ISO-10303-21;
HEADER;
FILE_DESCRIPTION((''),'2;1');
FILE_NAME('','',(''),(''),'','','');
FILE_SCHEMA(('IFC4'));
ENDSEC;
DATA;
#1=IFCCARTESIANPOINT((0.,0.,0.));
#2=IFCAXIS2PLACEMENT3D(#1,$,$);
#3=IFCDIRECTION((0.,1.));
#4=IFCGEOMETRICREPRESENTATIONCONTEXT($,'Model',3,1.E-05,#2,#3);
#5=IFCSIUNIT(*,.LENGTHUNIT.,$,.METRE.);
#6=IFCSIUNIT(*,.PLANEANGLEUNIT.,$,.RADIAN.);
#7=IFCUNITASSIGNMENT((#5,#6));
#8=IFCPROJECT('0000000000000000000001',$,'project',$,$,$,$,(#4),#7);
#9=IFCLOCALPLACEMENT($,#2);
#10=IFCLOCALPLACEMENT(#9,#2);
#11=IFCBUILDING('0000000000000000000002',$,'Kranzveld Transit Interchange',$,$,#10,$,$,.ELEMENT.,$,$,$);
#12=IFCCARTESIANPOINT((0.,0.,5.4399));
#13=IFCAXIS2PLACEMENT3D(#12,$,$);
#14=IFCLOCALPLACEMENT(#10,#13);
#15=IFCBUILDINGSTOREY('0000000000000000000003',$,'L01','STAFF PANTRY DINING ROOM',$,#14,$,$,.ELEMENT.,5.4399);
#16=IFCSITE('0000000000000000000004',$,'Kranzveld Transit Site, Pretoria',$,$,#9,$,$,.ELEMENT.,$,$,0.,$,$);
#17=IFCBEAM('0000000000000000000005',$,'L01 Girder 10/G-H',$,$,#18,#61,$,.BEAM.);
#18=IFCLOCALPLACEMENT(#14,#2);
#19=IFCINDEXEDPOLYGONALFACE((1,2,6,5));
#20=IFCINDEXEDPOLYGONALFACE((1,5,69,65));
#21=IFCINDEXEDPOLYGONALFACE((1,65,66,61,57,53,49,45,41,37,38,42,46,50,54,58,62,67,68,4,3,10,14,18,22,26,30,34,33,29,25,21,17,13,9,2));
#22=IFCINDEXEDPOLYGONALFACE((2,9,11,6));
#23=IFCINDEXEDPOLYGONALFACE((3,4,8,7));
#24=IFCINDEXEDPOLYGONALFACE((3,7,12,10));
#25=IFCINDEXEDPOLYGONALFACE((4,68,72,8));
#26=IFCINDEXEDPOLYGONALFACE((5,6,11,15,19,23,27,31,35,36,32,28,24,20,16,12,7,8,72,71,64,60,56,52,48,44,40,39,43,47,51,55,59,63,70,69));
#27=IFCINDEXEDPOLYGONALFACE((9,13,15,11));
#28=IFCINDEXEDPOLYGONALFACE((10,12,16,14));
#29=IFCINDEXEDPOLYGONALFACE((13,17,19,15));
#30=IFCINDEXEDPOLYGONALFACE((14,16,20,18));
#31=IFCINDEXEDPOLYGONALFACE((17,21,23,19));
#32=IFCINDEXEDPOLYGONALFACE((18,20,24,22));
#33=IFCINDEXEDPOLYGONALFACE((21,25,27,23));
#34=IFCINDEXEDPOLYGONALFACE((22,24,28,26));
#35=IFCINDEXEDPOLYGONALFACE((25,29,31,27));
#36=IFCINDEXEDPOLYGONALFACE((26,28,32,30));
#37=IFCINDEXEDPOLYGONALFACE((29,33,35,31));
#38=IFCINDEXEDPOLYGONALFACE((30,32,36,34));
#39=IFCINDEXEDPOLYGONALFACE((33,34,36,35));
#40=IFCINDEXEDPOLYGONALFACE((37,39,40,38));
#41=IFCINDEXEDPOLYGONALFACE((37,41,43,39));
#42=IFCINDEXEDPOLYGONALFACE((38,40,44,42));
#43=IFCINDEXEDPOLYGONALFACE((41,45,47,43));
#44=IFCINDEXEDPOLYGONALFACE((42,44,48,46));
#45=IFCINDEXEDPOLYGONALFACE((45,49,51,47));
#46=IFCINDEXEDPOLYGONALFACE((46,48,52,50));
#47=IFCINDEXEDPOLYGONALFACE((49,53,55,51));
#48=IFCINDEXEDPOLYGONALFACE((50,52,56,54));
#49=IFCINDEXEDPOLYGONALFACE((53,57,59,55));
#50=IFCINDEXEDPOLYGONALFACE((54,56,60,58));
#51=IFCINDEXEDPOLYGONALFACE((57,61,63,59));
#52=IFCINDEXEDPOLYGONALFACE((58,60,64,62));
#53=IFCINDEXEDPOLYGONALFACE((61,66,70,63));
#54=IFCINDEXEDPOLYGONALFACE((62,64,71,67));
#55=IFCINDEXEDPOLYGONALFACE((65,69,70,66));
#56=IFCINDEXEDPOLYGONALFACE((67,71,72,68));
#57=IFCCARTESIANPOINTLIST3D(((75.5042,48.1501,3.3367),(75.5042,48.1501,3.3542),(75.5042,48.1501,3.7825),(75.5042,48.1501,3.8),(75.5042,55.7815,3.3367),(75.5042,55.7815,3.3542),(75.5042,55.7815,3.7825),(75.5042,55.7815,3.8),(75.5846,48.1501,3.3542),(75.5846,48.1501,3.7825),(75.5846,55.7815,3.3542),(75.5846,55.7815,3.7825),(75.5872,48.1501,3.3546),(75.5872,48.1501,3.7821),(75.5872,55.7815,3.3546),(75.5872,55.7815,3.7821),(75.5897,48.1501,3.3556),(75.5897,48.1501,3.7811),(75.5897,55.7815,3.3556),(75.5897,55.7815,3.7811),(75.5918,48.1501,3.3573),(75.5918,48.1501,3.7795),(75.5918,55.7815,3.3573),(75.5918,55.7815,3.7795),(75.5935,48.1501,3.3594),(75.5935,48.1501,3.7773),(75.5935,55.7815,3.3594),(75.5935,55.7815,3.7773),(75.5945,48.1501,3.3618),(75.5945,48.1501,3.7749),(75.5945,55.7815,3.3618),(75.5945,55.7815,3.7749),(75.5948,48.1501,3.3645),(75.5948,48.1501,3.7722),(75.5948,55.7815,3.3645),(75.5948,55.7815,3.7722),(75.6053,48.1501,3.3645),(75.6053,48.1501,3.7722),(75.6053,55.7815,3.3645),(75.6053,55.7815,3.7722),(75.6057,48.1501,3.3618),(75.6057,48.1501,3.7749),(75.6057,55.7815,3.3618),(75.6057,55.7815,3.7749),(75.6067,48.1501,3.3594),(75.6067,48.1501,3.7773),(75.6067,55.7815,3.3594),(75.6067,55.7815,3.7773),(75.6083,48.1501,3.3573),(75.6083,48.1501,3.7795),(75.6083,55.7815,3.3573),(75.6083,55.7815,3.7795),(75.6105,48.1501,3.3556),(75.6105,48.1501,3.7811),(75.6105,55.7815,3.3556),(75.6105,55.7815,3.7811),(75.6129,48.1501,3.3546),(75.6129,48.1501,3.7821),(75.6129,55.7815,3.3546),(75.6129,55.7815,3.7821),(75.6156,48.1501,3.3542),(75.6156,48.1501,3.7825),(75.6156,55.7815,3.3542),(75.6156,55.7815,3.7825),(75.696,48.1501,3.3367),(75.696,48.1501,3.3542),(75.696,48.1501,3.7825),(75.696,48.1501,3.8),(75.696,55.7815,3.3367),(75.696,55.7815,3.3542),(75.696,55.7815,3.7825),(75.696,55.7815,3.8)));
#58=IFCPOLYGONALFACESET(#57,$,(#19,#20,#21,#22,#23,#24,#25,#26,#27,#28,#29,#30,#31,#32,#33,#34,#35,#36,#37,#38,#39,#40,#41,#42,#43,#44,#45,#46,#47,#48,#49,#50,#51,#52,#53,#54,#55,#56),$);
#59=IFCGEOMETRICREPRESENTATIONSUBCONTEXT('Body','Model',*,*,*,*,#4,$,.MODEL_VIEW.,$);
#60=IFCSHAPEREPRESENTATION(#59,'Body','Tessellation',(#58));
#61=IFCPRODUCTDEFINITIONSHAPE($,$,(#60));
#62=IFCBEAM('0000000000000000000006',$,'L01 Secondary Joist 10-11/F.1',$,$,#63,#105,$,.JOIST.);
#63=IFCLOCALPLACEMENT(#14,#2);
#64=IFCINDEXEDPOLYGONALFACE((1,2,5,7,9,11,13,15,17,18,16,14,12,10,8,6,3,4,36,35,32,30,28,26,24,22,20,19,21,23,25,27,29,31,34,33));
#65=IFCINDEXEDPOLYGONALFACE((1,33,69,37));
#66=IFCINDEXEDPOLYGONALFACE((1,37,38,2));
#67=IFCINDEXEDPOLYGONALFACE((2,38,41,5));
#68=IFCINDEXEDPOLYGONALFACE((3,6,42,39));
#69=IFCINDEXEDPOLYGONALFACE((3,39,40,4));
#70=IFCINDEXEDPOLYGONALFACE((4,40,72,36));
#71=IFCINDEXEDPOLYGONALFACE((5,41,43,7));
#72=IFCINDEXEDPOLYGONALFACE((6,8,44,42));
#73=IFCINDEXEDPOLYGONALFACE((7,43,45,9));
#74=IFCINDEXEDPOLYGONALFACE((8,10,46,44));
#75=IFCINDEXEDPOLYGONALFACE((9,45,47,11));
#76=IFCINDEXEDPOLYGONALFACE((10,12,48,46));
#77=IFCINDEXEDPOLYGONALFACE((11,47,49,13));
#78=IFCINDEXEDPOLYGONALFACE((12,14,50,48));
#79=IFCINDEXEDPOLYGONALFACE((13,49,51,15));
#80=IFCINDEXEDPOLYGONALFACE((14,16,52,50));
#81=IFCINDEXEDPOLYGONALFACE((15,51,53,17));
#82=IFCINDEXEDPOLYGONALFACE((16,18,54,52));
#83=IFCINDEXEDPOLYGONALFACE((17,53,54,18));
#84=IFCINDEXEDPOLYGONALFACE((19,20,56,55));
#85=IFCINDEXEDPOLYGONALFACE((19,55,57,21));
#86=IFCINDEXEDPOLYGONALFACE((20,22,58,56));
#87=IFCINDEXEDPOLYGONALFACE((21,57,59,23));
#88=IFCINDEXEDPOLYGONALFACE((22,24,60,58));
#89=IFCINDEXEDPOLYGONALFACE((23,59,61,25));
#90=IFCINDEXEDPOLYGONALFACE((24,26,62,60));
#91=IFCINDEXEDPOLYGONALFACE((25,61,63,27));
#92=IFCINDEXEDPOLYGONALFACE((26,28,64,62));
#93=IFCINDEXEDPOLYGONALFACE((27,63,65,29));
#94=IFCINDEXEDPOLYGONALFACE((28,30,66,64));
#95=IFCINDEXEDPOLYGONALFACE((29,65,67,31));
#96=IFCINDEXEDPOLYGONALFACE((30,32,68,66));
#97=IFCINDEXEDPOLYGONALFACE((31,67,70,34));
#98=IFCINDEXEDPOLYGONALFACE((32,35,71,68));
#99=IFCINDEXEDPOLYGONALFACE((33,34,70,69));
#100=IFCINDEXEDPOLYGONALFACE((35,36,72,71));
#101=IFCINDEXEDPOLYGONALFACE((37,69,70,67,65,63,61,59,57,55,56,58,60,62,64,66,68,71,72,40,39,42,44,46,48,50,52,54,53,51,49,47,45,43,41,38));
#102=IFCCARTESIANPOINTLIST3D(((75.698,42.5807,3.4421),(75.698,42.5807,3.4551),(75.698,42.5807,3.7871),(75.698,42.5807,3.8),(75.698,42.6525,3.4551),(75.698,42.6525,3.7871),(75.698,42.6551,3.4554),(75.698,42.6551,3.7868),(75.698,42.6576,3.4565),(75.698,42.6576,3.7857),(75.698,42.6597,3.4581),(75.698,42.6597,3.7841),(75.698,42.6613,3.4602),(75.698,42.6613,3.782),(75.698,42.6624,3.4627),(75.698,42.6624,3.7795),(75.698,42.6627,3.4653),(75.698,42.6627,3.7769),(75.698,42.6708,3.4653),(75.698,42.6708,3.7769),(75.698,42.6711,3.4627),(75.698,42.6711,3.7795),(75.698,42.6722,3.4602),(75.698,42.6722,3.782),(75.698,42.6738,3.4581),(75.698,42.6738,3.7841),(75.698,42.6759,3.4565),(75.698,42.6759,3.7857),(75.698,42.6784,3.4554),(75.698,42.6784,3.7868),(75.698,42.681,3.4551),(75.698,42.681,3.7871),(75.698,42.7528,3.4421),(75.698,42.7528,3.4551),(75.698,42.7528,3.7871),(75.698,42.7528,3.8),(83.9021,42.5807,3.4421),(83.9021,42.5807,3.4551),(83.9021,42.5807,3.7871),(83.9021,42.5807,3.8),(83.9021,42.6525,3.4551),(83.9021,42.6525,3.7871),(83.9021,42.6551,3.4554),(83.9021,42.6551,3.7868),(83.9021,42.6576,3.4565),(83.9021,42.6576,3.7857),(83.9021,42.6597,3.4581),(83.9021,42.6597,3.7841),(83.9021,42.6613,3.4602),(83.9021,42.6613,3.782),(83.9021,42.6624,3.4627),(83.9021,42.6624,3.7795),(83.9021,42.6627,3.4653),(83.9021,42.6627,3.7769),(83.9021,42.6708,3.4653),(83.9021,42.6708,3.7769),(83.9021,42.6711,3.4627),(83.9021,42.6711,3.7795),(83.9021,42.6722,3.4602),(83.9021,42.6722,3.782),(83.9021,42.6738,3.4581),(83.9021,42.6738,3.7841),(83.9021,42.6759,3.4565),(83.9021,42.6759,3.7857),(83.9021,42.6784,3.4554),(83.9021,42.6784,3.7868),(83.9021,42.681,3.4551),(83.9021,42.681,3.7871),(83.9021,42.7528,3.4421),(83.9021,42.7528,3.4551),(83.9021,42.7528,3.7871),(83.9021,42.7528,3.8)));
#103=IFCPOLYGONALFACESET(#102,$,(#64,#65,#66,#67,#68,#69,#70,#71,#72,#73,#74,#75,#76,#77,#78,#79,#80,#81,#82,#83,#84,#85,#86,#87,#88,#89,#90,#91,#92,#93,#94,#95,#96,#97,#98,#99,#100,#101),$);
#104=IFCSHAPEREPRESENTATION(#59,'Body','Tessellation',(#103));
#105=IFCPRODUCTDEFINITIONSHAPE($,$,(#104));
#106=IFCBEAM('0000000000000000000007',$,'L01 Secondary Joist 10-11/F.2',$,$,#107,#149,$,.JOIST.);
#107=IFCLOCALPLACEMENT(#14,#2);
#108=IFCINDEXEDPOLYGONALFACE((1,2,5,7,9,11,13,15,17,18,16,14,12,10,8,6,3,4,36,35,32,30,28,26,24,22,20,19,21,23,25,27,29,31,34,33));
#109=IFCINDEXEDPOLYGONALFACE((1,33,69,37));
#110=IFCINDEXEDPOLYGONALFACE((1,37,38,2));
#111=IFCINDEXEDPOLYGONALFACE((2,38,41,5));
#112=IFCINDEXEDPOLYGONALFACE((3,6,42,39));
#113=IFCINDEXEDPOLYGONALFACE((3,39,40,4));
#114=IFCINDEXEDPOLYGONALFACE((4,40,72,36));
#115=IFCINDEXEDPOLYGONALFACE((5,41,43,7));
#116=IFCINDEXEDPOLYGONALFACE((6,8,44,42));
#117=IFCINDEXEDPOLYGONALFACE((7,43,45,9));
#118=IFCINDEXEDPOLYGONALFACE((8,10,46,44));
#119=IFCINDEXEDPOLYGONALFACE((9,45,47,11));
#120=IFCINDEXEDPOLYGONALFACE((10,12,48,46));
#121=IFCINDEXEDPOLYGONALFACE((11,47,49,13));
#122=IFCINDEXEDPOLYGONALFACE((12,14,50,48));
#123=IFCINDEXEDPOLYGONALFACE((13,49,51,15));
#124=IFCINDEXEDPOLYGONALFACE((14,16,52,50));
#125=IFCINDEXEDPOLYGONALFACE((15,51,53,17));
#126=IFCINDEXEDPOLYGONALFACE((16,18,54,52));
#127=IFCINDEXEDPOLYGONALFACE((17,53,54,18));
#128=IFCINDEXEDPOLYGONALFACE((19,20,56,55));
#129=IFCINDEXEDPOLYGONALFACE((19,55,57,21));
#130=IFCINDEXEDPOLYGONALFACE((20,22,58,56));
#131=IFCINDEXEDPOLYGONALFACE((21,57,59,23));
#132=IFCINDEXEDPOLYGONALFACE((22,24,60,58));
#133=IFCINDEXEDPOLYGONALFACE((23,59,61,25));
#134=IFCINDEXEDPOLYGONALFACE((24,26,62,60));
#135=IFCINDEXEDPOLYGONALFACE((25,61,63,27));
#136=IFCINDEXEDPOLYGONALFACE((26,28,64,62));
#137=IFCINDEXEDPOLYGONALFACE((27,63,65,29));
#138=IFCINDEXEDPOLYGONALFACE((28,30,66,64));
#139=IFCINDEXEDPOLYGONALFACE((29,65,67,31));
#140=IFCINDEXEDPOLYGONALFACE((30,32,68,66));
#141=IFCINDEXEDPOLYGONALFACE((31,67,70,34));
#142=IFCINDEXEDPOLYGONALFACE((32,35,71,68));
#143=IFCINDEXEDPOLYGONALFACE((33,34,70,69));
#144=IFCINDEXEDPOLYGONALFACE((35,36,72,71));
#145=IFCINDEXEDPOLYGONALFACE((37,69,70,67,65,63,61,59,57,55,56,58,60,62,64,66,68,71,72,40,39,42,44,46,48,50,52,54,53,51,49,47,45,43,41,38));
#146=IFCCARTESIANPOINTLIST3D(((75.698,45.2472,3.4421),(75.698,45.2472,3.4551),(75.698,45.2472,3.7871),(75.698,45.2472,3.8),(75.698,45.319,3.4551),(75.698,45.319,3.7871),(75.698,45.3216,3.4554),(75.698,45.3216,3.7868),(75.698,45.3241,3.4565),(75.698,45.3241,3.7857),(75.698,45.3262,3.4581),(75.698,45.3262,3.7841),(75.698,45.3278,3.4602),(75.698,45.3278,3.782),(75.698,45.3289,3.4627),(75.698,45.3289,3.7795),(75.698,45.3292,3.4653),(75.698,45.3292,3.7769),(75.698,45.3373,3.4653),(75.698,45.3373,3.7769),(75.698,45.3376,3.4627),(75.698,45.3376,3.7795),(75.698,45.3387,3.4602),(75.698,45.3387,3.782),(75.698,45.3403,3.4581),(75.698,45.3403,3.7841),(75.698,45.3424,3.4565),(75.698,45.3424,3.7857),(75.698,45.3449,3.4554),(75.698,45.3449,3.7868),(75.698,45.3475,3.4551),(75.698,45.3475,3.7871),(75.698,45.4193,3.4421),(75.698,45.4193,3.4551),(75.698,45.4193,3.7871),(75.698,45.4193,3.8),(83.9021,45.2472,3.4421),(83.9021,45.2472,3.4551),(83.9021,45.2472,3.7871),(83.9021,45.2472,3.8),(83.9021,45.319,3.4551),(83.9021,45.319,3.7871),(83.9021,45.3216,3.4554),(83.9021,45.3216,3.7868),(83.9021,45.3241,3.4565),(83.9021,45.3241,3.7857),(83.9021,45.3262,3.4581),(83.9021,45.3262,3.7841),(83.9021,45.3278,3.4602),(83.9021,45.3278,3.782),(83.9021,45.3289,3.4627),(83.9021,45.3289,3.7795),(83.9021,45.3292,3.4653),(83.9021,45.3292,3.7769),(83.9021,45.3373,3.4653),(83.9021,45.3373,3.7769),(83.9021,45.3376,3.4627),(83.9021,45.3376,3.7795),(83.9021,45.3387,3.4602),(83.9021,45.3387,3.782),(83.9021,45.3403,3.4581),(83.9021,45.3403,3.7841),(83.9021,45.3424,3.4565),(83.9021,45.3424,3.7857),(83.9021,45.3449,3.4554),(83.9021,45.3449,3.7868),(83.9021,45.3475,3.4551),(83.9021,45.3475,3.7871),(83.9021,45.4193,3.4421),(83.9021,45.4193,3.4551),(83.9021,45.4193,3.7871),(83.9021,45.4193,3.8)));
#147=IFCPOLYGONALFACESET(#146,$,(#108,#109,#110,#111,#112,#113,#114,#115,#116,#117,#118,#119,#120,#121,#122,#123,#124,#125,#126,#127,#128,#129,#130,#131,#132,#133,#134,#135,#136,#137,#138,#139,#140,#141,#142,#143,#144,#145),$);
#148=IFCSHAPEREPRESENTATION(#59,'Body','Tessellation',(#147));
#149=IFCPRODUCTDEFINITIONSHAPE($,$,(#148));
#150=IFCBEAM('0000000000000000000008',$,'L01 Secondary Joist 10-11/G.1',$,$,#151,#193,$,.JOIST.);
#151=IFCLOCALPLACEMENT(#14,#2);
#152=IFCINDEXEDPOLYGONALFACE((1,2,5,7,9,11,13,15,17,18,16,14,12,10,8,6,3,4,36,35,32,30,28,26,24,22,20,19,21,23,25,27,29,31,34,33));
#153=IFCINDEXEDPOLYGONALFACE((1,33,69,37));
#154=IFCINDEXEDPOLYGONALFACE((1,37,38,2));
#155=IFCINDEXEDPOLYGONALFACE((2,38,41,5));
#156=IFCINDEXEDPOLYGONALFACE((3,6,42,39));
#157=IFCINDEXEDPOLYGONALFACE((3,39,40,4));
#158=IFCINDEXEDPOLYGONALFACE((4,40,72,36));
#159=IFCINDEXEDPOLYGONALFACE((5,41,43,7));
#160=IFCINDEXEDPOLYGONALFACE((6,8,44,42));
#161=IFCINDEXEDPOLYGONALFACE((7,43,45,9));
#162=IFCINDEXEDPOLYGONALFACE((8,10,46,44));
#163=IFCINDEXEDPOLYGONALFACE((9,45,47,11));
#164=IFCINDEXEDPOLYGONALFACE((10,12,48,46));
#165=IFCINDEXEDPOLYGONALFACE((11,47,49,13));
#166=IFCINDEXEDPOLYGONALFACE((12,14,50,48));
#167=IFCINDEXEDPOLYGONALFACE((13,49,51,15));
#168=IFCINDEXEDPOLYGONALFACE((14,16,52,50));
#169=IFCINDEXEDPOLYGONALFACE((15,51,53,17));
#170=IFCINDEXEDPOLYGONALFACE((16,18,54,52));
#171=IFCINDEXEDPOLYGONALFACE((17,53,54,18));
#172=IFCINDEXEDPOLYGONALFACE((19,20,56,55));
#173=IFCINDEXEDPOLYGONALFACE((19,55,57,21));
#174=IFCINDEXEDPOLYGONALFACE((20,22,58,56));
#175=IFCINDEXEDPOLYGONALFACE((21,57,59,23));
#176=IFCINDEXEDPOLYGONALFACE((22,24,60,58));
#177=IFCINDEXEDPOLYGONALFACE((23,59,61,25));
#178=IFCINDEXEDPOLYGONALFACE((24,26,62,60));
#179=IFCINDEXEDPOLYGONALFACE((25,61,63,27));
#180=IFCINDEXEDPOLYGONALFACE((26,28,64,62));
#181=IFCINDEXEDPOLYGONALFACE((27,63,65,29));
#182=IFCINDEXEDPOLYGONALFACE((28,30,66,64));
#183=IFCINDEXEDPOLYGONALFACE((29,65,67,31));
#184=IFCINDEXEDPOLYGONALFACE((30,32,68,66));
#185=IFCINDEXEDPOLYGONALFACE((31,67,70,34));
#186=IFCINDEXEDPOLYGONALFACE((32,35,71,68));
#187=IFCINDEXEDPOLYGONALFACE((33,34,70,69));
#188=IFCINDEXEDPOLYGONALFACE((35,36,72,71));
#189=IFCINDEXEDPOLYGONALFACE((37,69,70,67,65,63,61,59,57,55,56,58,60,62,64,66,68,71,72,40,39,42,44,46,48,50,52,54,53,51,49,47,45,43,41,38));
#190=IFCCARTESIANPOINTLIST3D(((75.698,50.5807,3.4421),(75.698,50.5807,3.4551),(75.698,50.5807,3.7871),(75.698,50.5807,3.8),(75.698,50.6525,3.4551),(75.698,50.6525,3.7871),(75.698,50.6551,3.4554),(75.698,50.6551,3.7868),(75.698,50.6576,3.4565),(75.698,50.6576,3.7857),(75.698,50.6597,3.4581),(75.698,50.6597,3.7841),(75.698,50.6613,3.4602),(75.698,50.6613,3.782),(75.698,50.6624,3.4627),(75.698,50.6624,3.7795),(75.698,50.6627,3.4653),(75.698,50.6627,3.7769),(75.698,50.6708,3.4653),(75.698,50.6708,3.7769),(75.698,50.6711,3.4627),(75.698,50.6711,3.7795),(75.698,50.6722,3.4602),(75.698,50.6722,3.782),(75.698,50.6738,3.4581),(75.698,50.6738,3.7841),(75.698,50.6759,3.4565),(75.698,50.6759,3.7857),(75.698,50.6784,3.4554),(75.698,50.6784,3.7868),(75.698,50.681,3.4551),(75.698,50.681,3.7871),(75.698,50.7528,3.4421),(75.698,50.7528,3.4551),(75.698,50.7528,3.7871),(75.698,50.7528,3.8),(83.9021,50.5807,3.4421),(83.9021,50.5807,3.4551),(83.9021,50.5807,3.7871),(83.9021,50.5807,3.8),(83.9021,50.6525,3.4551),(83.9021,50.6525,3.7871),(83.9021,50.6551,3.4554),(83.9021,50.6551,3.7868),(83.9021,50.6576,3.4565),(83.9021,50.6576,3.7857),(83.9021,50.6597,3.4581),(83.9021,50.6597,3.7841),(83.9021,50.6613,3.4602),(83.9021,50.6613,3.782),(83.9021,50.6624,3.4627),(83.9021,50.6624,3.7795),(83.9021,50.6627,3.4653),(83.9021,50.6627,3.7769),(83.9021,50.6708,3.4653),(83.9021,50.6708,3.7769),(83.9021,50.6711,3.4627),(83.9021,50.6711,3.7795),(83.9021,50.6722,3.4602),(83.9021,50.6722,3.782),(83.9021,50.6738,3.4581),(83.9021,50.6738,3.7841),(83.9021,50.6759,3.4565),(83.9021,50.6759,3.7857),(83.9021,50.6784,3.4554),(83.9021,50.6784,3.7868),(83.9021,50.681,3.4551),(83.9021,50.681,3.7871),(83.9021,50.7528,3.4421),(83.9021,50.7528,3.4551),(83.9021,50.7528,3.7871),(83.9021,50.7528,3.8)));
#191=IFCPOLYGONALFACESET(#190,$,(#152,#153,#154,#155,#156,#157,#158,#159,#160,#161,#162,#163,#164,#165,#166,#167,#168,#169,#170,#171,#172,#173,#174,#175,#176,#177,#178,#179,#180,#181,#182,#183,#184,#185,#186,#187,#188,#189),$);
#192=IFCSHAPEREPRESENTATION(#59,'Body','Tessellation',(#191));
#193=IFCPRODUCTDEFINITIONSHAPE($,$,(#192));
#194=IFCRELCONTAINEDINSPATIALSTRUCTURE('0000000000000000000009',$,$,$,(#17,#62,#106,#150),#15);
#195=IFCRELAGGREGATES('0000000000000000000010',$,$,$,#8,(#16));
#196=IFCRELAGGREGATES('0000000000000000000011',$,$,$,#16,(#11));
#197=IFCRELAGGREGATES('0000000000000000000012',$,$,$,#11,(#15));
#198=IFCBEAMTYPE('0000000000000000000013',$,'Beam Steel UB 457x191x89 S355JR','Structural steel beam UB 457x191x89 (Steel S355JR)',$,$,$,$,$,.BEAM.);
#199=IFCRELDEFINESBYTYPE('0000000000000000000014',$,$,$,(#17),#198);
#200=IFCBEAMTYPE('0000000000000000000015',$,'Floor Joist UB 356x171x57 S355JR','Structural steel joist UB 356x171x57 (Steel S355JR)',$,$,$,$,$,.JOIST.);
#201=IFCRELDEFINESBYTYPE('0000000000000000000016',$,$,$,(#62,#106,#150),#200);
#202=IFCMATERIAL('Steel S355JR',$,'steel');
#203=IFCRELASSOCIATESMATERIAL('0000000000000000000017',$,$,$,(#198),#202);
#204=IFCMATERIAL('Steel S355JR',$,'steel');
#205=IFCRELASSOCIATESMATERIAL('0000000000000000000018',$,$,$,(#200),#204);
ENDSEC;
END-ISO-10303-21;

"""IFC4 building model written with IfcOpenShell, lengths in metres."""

from ifc_helpers import new_model, si_unit, direction, frame, origin, origin_2d, place, context, subcontext, project, spatial, i_section, extrude, material, material_profile, profile_set, type_object, element, save


model = new_model("IFC4")

# Units and contexts
model_context = context("Model", 3, precision=1e-05, world=origin(), true_north=direction((0.0, 1.0)))
body_context = subcontext(model_context, "Body", "Model", "MODEL_VIEW")
ifc_project = project(units=[si_unit("LENGTHUNIT", "METRE"), si_unit("PLANEANGLEUNIT", "RADIAN")], contexts=[model_context])

# Site, building, storey
site_placement = place(None, origin())
site = spatial("IfcSite", under=ifc_project, at=site_placement, Name="Kranzveld Transit Site, Pretoria", CompositionType="ELEMENT", RefElevation=0.0)
building_placement = place(site_placement, origin())
building = spatial("IfcBuilding", under=site, at=building_placement, Name="Kranzveld Transit Interchange", CompositionType="ELEMENT")
storey_placement = place(building_placement, frame((0.0, 0.0, 5.4399)))
storey = spatial("IfcBuildingStorey", under=building, at=storey_placement, Name="L01", Description="STAFF PANTRY DINING ROOM", CompositionType="ELEMENT", Elevation=5.4399)

# Beams
ifc_material_1 = material(Name="Steel S355JR", Category="steel")
ifc_material_profile_1 = material_profile(ifc_material_1, i_section(OverallWidth=0.1919, OverallDepth=0.4634, WebThickness=0.0105, FlangeThickness=0.0176, FilletRadius=0.0103, at=origin_2d()), Name="UB 457x191x89")
ifc_profile_set_1 = profile_set([ifc_material_profile_1], Name="Steel S355JR")
beam_type_1 = type_object("IfcBeamType", Name="Beam Steel UB 457x191x89 S355JR", Description="Structural steel beam UB 457x191x89 (Steel S355JR)", PredefinedType="BEAM", material=ifc_profile_set_1)
beam_1_placement = place(storey_placement, frame((75.6001, 48.1501, 3.5684), z_axis=(0.0, 1.0, 0.0), x_axis=(-1.0, 0.0, 0.0)))
element("IfcBeam", 1, at=beam_1_placement, inside=storey, type_object=beam_type_1, Name="L01 Girder 10/G-H", PredefinedType="BEAM", context=body_context, shape_type="SweptSolid", body=[
    extrude(i_section(OverallWidth=0.1919, OverallDepth=0.4634, WebThickness=0.0105, FlangeThickness=0.0176, FilletRadius=0.0103, at=origin_2d()), origin(), (0.0, 0.0, 1.0), 7.6313),
])
ifc_material_2 = material(Name="Steel S355JR", Category="steel")
ifc_material_profile_2 = material_profile(ifc_material_2, i_section(OverallWidth=0.1721, OverallDepth=0.3579, WebThickness=0.0081, FlangeThickness=0.0129, FilletRadius=0.0103, at=origin_2d()), Name="UB 356x171x57")
ifc_profile_set_2 = profile_set([ifc_material_profile_2], Name="Steel S355JR")
beam_type_2 = type_object("IfcBeamType", Name="Floor Joist UB 356x171x57 S355JR", Description="Structural steel joist UB 356x171x57 (Steel S355JR)", PredefinedType="JOIST", material=ifc_profile_set_2)
for number, where, z_axis, x_axis, name in (
    (2, (75.698, 42.6667, 3.6211), (1.0, 0.0, 0.0), (0.0, 1.0, 0.0), "L01 Secondary Joist 10-11/F.1"),
    (3, (75.698, 45.3333, 3.6211), (1.0, 0.0, 0.0), (0.0, 1.0, 0.0), "L01 Secondary Joist 10-11/F.2"),
    (4, (75.698, 50.6667, 3.6211), (1.0, 0.0, 0.0), (0.0, 1.0, 0.0), "L01 Secondary Joist 10-11/G.1"),
):
    element("IfcBeam", number, at=place(storey_placement, frame(where, z_axis=z_axis, x_axis=x_axis)), inside=storey, type_object=beam_type_2, Name=name, PredefinedType="JOIST", context=body_context, shape_type="SweptSolid", body=[
        extrude(i_section(OverallWidth=0.1721, OverallDepth=0.3579, WebThickness=0.0081, FlangeThickness=0.0129, FilletRadius=0.0103, at=origin_2d()), origin(), (0.0, 0.0, 1.0), 8.2041),
    ])

save(model, "model.ifc")
